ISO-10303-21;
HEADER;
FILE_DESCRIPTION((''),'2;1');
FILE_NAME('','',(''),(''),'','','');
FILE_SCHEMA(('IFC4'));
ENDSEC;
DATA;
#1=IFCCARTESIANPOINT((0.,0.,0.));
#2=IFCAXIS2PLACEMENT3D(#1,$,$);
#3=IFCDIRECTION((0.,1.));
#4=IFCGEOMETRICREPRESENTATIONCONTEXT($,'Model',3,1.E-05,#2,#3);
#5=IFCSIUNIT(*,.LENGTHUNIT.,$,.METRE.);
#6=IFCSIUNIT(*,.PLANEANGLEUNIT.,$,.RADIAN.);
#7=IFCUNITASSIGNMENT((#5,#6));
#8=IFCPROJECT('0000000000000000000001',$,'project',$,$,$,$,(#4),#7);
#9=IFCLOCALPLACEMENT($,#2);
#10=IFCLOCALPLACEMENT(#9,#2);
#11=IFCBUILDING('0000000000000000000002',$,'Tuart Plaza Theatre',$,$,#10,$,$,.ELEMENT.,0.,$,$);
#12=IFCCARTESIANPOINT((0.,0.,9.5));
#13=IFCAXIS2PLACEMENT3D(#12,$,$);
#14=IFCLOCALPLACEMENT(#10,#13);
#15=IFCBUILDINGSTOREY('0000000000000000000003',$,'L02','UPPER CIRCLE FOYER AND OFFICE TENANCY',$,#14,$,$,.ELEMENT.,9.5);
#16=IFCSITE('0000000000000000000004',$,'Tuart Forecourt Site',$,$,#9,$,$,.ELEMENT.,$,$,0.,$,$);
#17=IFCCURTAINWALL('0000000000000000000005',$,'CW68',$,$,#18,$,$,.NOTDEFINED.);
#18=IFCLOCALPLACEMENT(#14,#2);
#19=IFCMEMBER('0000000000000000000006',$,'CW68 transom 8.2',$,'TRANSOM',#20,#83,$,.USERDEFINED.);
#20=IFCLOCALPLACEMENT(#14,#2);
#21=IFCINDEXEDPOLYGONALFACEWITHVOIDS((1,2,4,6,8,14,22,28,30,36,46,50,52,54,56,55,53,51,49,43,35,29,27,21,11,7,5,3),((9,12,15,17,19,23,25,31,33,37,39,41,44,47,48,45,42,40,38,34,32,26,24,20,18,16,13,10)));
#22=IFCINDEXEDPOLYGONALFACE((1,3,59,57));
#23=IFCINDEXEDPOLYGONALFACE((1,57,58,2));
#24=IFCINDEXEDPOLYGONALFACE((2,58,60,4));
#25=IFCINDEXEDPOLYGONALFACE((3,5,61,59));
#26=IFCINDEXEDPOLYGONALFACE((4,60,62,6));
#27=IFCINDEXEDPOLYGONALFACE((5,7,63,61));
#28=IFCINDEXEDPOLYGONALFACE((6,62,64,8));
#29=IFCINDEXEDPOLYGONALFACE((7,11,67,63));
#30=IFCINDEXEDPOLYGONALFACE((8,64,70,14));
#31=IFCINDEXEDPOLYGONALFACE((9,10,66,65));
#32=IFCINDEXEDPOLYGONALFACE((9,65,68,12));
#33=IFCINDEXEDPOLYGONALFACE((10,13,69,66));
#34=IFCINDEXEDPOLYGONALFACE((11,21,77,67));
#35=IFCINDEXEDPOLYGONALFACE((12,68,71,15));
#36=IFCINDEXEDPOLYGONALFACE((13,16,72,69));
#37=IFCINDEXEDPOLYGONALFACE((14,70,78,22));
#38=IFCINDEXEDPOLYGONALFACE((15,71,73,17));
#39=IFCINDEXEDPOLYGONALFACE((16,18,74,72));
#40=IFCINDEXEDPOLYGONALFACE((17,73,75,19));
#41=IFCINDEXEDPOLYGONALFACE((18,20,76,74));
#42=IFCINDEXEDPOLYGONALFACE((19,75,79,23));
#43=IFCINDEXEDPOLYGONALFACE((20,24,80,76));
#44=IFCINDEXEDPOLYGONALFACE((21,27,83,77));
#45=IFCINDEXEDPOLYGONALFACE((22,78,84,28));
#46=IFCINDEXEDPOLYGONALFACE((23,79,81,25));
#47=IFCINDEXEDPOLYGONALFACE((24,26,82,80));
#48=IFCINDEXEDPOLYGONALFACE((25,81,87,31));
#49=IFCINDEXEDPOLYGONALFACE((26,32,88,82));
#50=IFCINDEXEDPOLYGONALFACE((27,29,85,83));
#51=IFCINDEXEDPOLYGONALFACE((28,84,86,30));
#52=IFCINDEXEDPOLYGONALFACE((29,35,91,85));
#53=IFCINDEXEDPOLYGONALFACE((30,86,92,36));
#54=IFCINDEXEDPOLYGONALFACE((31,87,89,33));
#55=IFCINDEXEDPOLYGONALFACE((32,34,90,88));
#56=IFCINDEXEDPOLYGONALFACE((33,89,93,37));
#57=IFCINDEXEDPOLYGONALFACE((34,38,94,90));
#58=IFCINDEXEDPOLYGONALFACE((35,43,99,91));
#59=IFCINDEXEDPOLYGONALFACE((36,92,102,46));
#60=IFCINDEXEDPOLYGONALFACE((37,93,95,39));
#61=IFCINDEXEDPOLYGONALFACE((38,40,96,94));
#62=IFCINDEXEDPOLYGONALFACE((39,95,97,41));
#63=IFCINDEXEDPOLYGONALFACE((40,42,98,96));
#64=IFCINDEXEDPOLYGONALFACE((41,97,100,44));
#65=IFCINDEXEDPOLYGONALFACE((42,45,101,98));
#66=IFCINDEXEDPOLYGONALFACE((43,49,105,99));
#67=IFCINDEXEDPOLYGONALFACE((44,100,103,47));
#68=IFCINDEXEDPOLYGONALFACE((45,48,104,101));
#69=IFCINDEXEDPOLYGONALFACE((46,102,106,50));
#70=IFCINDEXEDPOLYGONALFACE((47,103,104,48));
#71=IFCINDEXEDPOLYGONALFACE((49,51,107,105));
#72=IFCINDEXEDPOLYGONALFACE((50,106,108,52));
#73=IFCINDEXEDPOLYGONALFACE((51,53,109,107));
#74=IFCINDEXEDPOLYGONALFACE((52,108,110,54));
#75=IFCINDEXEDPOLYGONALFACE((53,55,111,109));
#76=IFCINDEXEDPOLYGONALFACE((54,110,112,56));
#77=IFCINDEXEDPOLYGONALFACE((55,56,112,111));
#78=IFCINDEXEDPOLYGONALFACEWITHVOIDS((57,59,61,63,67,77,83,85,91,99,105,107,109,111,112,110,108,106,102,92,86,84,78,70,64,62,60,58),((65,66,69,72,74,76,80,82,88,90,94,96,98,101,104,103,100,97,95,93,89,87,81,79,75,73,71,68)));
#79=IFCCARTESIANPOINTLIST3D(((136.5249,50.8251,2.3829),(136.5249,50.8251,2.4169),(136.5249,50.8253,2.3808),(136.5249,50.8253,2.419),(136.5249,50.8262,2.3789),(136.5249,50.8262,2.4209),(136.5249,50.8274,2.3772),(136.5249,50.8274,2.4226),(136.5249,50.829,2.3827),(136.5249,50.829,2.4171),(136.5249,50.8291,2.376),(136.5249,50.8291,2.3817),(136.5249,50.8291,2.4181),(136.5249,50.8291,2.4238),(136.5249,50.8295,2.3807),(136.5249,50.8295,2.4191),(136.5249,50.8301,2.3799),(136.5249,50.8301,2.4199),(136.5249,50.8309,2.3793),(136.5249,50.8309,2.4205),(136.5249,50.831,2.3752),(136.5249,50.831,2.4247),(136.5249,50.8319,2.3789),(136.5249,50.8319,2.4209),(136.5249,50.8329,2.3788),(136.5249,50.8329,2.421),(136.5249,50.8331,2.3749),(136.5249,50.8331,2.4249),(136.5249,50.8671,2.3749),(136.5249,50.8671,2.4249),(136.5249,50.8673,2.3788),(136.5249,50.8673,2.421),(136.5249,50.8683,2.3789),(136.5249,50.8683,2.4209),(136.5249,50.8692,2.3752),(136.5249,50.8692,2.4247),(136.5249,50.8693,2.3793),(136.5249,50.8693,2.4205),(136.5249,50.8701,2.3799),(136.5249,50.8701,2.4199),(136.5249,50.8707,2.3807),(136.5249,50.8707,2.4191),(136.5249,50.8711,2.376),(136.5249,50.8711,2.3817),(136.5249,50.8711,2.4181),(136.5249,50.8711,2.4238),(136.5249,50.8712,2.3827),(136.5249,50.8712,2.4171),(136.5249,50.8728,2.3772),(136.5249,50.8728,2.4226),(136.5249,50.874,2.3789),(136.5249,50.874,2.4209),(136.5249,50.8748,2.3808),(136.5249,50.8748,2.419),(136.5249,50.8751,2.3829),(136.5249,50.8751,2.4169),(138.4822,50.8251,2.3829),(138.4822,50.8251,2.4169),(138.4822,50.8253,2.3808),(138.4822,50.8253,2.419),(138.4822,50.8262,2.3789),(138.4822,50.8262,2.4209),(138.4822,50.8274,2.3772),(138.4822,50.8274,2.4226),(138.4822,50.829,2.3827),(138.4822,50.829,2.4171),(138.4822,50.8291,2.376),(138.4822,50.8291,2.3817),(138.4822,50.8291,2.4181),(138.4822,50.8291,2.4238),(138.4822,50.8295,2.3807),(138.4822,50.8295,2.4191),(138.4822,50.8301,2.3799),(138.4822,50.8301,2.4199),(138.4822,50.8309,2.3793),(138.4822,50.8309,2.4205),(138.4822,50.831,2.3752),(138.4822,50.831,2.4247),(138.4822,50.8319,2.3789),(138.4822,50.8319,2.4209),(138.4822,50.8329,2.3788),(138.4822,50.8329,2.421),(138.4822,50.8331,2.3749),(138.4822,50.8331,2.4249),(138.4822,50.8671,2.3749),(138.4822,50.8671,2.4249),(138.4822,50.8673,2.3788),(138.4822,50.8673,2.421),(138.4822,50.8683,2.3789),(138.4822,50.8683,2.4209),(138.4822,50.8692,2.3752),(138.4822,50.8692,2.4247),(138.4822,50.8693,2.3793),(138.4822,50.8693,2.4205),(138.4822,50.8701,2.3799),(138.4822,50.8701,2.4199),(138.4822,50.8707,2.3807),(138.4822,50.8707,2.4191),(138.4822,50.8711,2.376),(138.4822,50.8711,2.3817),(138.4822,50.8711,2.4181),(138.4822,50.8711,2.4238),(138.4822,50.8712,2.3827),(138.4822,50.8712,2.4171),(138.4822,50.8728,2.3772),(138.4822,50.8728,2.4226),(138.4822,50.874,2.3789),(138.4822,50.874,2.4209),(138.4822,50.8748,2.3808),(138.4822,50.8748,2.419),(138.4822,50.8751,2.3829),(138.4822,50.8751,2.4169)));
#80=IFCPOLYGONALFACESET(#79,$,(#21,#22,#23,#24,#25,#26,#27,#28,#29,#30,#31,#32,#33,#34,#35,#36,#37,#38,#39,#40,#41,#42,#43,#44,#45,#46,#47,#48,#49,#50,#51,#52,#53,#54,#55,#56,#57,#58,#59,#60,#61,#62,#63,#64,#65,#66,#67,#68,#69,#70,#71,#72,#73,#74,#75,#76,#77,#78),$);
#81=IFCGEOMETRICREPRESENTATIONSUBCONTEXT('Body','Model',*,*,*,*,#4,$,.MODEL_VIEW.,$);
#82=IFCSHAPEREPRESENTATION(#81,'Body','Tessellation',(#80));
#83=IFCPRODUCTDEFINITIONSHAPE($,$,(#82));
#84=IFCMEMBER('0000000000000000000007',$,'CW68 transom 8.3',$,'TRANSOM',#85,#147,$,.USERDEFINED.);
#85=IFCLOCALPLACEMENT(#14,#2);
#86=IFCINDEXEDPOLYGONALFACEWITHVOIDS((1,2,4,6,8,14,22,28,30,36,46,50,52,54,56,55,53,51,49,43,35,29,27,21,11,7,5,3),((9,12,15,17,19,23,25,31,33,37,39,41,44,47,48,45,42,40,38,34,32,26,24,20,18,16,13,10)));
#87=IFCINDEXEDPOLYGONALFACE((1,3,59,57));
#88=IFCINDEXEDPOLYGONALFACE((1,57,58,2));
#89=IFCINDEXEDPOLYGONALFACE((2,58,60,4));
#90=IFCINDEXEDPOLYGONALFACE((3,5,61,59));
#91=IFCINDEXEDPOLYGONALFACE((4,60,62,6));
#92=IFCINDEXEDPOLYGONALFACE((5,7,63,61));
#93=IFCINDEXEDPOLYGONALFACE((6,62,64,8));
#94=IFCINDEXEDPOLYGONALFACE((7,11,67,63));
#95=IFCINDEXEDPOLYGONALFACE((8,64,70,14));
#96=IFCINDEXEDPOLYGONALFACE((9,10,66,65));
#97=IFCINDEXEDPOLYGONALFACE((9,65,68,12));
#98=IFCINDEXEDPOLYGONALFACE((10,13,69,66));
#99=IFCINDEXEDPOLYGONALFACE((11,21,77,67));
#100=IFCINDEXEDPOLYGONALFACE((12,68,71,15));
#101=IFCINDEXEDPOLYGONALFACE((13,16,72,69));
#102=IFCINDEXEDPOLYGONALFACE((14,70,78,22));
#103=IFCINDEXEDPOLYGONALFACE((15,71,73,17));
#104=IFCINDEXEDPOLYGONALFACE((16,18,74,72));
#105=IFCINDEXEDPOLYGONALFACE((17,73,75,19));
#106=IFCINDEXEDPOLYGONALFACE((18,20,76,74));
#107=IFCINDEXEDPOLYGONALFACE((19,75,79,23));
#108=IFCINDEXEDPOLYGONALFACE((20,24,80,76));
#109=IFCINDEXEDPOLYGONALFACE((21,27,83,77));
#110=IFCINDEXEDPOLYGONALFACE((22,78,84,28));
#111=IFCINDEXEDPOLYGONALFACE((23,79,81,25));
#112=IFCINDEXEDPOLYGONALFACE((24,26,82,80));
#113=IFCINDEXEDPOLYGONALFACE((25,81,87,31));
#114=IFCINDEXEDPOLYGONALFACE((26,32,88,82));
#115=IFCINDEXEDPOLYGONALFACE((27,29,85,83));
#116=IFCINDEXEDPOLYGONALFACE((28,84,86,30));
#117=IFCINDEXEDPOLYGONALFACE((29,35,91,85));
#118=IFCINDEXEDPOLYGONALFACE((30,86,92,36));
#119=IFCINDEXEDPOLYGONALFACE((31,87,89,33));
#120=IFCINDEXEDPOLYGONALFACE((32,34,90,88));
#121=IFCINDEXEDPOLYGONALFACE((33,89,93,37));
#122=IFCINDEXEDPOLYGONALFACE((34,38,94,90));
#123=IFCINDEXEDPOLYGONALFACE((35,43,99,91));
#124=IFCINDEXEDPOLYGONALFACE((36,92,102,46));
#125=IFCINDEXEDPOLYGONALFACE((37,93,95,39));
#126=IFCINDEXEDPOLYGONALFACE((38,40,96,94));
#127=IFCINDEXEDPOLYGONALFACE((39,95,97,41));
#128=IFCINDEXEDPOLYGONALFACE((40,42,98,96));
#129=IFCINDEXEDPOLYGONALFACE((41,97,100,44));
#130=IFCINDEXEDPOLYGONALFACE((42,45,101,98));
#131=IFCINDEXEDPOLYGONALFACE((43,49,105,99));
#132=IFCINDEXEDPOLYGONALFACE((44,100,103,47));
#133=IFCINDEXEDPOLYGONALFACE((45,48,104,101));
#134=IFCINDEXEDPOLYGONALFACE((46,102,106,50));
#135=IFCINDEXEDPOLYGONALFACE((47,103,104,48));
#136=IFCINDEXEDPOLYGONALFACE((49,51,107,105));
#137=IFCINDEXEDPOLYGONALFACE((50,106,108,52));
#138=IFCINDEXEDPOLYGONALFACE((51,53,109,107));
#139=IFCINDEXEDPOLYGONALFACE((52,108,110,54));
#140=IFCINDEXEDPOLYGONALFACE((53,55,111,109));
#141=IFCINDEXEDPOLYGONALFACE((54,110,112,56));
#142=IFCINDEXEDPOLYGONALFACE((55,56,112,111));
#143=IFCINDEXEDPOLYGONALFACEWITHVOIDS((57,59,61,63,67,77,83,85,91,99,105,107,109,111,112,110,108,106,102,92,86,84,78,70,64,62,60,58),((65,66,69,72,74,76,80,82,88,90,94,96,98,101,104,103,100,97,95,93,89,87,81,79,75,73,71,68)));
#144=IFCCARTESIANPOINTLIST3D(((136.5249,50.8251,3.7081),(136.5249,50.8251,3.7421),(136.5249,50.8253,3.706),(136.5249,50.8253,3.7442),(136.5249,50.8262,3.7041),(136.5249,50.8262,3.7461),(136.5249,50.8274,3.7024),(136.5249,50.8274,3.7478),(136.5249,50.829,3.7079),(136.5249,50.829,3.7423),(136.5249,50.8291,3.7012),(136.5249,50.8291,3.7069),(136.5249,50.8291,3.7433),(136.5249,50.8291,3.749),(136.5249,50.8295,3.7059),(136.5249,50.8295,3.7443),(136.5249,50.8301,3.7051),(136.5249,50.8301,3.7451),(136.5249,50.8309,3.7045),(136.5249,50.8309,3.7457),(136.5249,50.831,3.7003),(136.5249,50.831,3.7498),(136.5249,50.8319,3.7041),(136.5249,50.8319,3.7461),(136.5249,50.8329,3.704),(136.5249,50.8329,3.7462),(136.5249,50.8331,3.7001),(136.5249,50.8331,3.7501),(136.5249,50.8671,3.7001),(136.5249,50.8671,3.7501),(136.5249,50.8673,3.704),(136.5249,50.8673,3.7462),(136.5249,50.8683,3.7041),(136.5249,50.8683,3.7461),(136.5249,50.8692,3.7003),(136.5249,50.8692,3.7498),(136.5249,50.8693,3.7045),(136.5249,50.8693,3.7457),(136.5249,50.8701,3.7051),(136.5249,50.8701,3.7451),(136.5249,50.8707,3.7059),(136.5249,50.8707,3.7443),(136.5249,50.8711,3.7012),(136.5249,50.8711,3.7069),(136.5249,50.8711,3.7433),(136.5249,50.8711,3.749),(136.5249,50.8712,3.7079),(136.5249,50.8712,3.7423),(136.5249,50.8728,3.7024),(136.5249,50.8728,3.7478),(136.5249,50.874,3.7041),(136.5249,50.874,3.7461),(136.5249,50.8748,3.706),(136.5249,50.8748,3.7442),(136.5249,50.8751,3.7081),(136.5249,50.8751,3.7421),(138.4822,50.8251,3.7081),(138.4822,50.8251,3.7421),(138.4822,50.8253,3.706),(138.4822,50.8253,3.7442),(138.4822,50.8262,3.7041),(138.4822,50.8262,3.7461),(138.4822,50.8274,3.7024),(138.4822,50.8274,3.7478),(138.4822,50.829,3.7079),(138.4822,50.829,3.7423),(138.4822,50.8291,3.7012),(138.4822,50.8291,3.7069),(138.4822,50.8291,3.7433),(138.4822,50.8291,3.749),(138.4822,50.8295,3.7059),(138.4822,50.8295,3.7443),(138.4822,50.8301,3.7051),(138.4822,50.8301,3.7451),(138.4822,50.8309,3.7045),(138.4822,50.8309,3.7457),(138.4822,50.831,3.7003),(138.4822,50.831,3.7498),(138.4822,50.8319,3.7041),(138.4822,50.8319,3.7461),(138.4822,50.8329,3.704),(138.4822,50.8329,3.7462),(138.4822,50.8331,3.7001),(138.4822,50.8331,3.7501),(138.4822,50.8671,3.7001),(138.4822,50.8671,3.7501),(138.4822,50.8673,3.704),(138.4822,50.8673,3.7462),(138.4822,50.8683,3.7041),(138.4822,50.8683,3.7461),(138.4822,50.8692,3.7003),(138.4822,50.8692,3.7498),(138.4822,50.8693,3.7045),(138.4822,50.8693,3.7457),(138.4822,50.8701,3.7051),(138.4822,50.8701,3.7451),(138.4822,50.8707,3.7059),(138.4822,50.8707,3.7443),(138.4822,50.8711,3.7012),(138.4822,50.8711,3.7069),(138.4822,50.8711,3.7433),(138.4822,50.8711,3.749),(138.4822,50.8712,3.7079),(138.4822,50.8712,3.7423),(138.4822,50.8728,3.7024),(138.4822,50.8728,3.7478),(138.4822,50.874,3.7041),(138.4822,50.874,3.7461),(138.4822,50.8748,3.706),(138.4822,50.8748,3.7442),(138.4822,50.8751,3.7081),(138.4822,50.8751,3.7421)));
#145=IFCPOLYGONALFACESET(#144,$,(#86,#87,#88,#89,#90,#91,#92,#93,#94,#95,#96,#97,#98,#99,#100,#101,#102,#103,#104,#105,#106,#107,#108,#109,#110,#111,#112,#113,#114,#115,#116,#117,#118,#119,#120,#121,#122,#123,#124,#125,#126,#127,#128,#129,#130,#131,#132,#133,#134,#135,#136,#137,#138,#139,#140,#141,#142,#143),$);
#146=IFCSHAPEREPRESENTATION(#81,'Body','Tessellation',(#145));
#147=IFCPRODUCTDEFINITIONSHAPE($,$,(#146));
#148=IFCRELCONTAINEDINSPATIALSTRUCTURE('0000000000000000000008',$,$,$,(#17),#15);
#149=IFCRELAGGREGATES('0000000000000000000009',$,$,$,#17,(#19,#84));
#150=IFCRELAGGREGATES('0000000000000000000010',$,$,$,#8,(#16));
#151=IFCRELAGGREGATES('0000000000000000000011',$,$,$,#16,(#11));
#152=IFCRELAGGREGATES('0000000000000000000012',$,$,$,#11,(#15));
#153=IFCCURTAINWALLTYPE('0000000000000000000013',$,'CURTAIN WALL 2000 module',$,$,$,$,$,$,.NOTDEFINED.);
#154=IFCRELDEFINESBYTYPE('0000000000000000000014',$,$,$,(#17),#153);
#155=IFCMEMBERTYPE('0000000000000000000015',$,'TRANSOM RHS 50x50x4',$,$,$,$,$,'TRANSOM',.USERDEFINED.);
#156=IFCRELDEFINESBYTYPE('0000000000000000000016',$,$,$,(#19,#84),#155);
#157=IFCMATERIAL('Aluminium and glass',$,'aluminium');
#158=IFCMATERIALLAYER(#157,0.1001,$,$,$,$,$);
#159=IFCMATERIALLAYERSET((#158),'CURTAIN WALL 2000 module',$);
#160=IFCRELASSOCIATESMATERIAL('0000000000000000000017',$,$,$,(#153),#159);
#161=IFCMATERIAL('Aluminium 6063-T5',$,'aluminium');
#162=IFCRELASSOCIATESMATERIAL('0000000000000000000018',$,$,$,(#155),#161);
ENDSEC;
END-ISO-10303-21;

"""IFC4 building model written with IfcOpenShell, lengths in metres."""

from ifc_helpers import new_model, si_unit, direction, frame, origin, origin_2d, place, context, subcontext, project, spatial, hollow_rectangle, extrude, material, layer, layer_set, material_profile, profile_set, type_object, element, aggregate, save


model = new_model("IFC4")

# Units and contexts
model_context = context("Model", 3, precision=1e-05, world=origin(), true_north=direction((0.0, 1.0)))
body_context = subcontext(model_context, "Body", "Model", "MODEL_VIEW")
ifc_project = project(units=[si_unit("LENGTHUNIT", "METRE"), si_unit("PLANEANGLEUNIT", "RADIAN")], contexts=[model_context])

# Site, building, storey
site_placement = place(None, origin())
site = spatial("IfcSite", under=ifc_project, at=site_placement, Name="Tuart Forecourt Site", CompositionType="ELEMENT", RefElevation=0.0)
building_placement = place(site_placement, origin())
building = spatial("IfcBuilding", under=site, at=building_placement, Name="Tuart Plaza Theatre", CompositionType="ELEMENT", ElevationOfRefHeight=0.0)
storey_placement = place(building_placement, frame((0.0, 0.0, 9.5)))
storey = spatial("IfcBuildingStorey", under=building, at=storey_placement, Name="L02", Description="UPPER CIRCLE FOYER AND OFFICE TENANCY", CompositionType="ELEMENT", Elevation=9.5)

# Curtain wall, members
ifc_material_1 = material(Name="Aluminium and glass", Category="aluminium")
ifc_layer_1 = layer(ifc_material_1, 0.1001)
ifc_layer_set_1 = layer_set([ifc_layer_1], Name="CURTAIN WALL 2000 module")
curtain_wall_type = type_object("IfcCurtainWallType", Name="CURTAIN WALL 2000 module", PredefinedType="NOTDEFINED", material=ifc_layer_set_1)
curtain_wall_placement = place(storey_placement, origin())
curtain_wall = element("IfcCurtainWall", 1, at=curtain_wall_placement, inside=storey, type_object=curtain_wall_type, Name="CW68", PredefinedType="NOTDEFINED")
ifc_material_2 = material(Name="Aluminium 6063-T5", Category="aluminium")
ifc_material_profile_1 = material_profile(ifc_material_2, hollow_rectangle(XDim=0.05, YDim=0.05, WallThickness=0.0039, InnerFilletRadius=0.0039, OuterFilletRadius=0.0081, at=origin_2d()), Name="RHS 50x50x4")
ifc_profile_set_1 = profile_set([ifc_material_profile_1], Name="Aluminium 6063-T5")
member_type_1 = type_object("IfcMemberType", Name="TRANSOM RHS 50x50x4", ElementType="TRANSOM", PredefinedType="USERDEFINED", material=ifc_profile_set_1)
member_1_placement = place(storey_placement, frame((136.5249, 50.8501, 2.3999), z_axis=(1.0, 0.0, 0.0), x_axis=(0.0, 1.0, 0.0)))
member_1 = element("IfcMember", 2, at=member_1_placement, type_object=member_type_1, Name="CW68 transom 8.2", ObjectType="TRANSOM", PredefinedType="USERDEFINED", context=body_context, shape_type="SweptSolid", body=[
    extrude(hollow_rectangle(XDim=0.05, YDim=0.05, WallThickness=0.0039, InnerFilletRadius=0.0039, OuterFilletRadius=0.0081, at=origin_2d()), origin(), (0.0, 0.0, 1.0), 1.9573),
])
member_2_placement = place(storey_placement, frame((136.5249, 50.8501, 3.7251), z_axis=(1.0, 0.0, 0.0), x_axis=(0.0, 1.0, 0.0)))
member_2 = element("IfcMember", 3, at=member_2_placement, type_object=member_type_1, Name="CW68 transom 8.3", ObjectType="TRANSOM", PredefinedType="USERDEFINED", context=body_context, shape_type="SweptSolid", body=[
    extrude(hollow_rectangle(XDim=0.05, YDim=0.05, WallThickness=0.0039, InnerFilletRadius=0.0039, OuterFilletRadius=0.0081, at=origin_2d()), origin(), (0.0, 0.0, 1.0), 1.9573),
])
aggregate(curtain_wall, [member_1, member_2])

save(model, "model.ifc")
